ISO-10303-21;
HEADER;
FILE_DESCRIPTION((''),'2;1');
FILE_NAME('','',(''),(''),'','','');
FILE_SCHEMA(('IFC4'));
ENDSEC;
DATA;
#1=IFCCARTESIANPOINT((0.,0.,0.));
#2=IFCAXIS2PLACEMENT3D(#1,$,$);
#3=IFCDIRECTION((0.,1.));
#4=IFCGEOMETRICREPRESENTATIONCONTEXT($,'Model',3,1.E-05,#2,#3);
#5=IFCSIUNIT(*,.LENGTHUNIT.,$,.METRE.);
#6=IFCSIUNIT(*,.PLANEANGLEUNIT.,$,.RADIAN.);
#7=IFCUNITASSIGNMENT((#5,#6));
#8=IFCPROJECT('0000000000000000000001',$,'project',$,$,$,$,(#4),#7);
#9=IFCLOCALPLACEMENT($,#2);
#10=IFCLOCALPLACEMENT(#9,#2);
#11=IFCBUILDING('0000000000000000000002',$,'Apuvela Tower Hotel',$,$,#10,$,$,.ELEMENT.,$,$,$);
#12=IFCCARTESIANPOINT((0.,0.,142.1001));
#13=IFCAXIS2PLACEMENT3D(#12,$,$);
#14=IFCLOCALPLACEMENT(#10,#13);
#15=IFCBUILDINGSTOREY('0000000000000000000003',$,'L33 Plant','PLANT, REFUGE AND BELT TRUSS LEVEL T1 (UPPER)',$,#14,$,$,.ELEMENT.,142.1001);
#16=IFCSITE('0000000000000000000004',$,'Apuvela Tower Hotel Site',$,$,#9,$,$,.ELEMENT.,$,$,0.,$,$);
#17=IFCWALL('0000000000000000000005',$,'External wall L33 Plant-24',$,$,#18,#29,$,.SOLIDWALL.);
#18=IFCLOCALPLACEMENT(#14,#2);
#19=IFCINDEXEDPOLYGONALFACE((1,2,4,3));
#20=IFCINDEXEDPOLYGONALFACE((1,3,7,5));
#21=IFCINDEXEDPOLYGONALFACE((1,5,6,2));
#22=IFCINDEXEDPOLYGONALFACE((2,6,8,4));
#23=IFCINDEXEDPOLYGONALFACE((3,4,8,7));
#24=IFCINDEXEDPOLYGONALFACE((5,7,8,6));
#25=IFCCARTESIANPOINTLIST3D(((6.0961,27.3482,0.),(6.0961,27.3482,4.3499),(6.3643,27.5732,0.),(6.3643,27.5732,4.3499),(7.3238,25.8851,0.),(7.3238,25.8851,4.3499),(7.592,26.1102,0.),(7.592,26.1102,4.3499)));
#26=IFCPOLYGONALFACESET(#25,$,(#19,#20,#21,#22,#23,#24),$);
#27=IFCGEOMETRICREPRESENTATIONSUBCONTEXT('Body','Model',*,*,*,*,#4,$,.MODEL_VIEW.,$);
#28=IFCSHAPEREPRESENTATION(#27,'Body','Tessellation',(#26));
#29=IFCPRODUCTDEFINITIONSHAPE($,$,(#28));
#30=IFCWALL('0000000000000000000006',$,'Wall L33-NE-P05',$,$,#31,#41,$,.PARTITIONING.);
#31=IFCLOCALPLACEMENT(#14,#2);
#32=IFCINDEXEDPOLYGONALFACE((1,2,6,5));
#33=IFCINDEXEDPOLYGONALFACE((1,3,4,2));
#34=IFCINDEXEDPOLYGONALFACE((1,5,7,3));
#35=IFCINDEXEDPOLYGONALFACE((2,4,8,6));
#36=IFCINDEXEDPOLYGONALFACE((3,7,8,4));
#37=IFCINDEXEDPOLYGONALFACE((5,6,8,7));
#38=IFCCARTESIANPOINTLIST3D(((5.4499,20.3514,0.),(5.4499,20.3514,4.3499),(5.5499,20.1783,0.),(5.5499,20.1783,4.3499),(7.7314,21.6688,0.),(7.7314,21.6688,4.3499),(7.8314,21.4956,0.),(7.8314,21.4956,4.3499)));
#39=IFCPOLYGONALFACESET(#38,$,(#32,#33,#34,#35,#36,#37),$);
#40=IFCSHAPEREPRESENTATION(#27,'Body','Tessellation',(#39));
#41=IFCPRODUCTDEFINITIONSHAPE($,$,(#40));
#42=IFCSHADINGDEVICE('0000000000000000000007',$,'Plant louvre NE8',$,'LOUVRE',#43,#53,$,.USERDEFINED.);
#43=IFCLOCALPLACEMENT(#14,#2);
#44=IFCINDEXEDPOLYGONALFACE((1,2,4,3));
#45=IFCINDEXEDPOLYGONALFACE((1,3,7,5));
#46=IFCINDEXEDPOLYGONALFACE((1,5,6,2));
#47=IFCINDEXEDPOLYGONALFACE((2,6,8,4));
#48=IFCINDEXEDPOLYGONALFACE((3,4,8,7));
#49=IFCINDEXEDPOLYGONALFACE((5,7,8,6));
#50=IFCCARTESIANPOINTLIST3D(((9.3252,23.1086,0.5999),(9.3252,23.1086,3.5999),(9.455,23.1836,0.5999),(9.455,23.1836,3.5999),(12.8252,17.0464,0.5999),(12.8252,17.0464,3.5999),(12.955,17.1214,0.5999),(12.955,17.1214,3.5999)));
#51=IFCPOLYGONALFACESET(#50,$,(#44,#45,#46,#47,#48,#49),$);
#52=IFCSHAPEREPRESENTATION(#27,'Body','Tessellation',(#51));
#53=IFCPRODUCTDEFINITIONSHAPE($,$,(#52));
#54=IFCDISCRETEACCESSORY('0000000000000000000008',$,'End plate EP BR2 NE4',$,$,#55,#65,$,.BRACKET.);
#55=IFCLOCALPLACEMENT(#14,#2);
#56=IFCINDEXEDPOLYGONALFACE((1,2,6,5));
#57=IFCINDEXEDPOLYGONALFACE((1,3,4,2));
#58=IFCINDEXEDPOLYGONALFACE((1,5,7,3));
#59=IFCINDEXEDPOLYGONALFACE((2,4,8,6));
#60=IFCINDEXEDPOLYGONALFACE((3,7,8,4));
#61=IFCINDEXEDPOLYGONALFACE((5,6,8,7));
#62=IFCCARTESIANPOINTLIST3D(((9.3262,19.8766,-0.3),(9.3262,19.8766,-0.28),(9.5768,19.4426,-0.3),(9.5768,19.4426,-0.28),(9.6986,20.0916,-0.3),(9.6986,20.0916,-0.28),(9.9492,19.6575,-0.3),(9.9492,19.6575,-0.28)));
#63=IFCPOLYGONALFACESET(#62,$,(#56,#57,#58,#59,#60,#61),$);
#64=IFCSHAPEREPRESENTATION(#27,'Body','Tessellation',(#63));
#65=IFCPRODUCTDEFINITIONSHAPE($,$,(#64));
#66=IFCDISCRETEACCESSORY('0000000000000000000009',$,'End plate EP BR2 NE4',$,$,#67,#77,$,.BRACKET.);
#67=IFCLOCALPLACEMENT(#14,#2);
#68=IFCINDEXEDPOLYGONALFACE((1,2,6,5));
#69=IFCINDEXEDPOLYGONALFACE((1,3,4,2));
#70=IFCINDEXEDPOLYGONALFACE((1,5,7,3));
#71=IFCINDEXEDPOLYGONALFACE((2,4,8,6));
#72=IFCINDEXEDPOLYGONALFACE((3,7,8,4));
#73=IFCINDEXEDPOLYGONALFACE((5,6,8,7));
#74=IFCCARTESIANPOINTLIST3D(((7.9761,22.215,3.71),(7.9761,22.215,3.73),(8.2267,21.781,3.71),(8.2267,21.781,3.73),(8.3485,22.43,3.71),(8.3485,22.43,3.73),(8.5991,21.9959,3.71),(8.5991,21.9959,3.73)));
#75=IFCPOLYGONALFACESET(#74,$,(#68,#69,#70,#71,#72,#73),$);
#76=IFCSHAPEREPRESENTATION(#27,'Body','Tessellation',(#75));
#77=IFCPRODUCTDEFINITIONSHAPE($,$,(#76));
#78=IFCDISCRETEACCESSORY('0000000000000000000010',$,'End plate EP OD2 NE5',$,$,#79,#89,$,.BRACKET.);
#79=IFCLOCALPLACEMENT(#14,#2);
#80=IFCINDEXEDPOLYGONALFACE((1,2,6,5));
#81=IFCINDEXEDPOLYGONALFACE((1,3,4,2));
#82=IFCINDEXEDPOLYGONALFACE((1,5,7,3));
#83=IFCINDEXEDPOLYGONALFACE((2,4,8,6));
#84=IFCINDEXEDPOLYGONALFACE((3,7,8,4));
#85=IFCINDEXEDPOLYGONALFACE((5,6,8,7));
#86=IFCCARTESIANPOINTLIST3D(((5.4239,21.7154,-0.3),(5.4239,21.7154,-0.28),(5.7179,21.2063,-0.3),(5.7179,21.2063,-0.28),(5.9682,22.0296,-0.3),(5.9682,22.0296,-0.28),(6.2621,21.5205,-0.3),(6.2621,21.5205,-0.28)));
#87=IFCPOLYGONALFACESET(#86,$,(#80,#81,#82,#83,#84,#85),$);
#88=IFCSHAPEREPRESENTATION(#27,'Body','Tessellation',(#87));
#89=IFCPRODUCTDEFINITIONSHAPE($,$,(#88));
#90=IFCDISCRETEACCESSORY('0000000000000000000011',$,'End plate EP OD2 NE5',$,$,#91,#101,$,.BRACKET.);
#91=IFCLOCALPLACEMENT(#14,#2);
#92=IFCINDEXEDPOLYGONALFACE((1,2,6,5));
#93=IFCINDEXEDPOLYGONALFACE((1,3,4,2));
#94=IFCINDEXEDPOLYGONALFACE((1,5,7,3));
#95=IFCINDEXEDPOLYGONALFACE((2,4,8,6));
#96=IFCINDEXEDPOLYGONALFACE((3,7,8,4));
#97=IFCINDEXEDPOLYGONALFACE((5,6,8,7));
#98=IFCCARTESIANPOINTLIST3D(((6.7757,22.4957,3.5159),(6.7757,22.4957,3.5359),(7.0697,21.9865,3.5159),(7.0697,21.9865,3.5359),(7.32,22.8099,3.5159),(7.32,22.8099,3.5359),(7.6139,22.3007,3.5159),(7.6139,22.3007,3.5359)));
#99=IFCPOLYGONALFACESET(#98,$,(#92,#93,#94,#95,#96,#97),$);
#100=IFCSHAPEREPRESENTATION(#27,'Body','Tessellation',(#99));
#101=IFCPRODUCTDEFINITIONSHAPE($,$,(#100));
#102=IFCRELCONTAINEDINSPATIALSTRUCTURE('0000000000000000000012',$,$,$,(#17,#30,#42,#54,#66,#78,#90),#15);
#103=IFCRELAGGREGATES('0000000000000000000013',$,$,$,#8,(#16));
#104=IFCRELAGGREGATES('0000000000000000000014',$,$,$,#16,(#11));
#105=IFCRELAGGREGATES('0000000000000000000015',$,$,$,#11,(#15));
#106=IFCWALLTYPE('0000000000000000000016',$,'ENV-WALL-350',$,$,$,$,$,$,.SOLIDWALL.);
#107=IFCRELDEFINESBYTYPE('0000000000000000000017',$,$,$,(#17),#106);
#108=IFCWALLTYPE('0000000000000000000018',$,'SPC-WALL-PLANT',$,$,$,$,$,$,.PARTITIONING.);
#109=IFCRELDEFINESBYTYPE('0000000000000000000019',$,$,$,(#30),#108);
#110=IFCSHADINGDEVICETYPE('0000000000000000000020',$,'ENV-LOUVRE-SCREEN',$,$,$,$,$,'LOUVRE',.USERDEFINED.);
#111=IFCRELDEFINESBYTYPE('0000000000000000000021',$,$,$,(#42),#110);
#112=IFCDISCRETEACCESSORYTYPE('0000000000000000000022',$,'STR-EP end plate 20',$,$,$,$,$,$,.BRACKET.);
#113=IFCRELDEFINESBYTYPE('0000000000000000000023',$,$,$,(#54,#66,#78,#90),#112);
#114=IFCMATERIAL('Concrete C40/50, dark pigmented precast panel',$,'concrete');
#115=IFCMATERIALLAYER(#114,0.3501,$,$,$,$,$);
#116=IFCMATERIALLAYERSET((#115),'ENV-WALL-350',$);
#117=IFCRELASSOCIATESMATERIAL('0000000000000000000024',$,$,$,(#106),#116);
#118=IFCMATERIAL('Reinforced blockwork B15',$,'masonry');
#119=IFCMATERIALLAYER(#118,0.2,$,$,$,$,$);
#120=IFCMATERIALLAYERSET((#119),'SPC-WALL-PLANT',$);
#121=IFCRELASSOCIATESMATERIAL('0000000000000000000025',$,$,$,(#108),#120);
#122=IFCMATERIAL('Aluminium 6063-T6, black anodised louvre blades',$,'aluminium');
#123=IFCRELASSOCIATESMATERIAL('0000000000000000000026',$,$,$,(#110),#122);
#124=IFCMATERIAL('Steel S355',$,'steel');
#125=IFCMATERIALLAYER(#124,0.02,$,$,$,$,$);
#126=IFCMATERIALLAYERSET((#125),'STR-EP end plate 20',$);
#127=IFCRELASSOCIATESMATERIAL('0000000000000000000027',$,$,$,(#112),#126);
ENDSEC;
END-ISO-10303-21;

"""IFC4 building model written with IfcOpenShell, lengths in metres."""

from ifc_helpers import new_model, si_unit, direction, frame, frame_2d, origin, origin_2d, place, context, subcontext, project, spatial, rectangle, extrude, material, layer, layer_set, type_object, element, save


model = new_model("IFC4")

# Units and contexts
model_context = context("Model", 3, precision=1e-05, world=origin(), true_north=direction((0.0, 1.0)))
body_context = subcontext(model_context, "Body", "Model", "MODEL_VIEW")
ifc_project = project(units=[si_unit("LENGTHUNIT", "METRE"), si_unit("PLANEANGLEUNIT", "RADIAN")], contexts=[model_context])

# Site, building, storey
site_placement = place(None, origin())
site = spatial("IfcSite", under=ifc_project, at=site_placement, Name="Apuvela Tower Hotel Site", CompositionType="ELEMENT", RefElevation=0.0)
building_placement = place(site_placement, origin())
building = spatial("IfcBuilding", under=site, at=building_placement, Name="Apuvela Tower Hotel", CompositionType="ELEMENT")
storey_placement = place(building_placement, frame((0.0, 0.0, 142.1001)))
storey = spatial("IfcBuildingStorey", under=building, at=storey_placement, Name="L33 Plant", Description="PLANT, REFUGE AND BELT TRUSS LEVEL T1 (UPPER)", CompositionType="ELEMENT", Elevation=142.1001)

# Shared definitions
ifc_material_1 = material(Name="Steel S355", Category="steel")

# Walls
ifc_material_2 = material(Name="Concrete C40/50, dark pigmented precast panel", Category="concrete")
ifc_layer_1 = layer(ifc_material_2, 0.3501)
ifc_layer_set_1 = layer_set([ifc_layer_1], Name="ENV-WALL-350")
wall_type_1 = type_object("IfcWallType", Name="ENV-WALL-350", PredefinedType="SOLIDWALL", material=ifc_layer_set_1)
wall_1_placement = place(storey_placement, frame((7.458, 25.9976, 0.0), z_axis=(0.0, 0.0, 1.0), x_axis=(-0.642808, 0.766027, 0.0)))
element("IfcWall", 1, at=wall_1_placement, inside=storey, type_object=wall_type_1, Name="External wall L33 Plant-24", PredefinedType="SOLIDWALL", context=body_context, shape_type="SweptSolid", body=[
    extrude(rectangle(XDim=1.9099, YDim=0.3501, at=frame_2d((0.9551, 0.0))), origin(), (0.0, 0.0, 1.0), 4.3499),
])
ifc_material_3 = material(Name="Reinforced blockwork B15", Category="masonry")
ifc_layer_2 = layer(ifc_material_3, 0.2)
ifc_layer_set_2 = layer_set([ifc_layer_2], Name="SPC-WALL-PLANT")
wall_type_2 = type_object("IfcWallType", Name="SPC-WALL-PLANT", PredefinedType="PARTITIONING", material=ifc_layer_set_2)
wall_2_placement = place(storey_placement, frame((7.7815, 21.5823, 0.0), z_axis=(0.0, 0.0, 1.0), x_axis=(-0.865999, -0.500046, 0.0)))
element("IfcWall", 2, at=wall_2_placement, inside=storey, type_object=wall_type_2, Name="Wall L33-NE-P05", PredefinedType="PARTITIONING", context=body_context, shape_type="SweptSolid", body=[
    extrude(rectangle(XDim=2.6345, YDim=0.2, at=frame_2d((1.3174, 0.0))), origin(), (0.0, 0.0, 1.0), 4.3499),
])

# Shading device
ifc_material_4 = material(Name="Aluminium 6063-T6, black anodised louvre blades", Category="aluminium")
shading_device_type = type_object("IfcShadingDeviceType", Name="ENV-LOUVRE-SCREEN", ElementType="LOUVRE", PredefinedType="USERDEFINED", material=ifc_material_4)
shading_device_placement = place(storey_placement, frame((11.1401, 20.115, 0.5999), z_axis=(0.0, 0.0, 1.0), x_axis=(-0.5, 0.866025, 0.0)))
element("IfcShadingDevice", 3, at=shading_device_placement, inside=storey, type_object=shading_device_type, Name="Plant louvre NE8", ObjectType="LOUVRE", PredefinedType="USERDEFINED", context=body_context, shape_type="SweptSolid", body=[
    extrude(rectangle(XDim=7.0, YDim=0.1499, at=origin_2d()), origin(), (0.0, 0.0, 1.0), 3.0),
])

# Discrete accessories
ifc_layer_3 = layer(ifc_material_1, 0.02)
ifc_layer_set_3 = layer_set([ifc_layer_3], Name="STR-EP end plate 20")
discrete_accessory_type = type_object("IfcDiscreteAccessoryType", Name="STR-EP end plate 20", PredefinedType="BRACKET", material=ifc_layer_set_3)
for number, where, z_axis, x_axis, name in (
    (4, (9.6377, 19.7671, -0.3), (0.0, 0.0, 1.0), (-0.5, 0.866025, 0.0), "End plate EP BR2 NE4"),
    (5, (8.2876, 22.1055, 3.71), (0.0, 0.0, 1.0), (-0.5, 0.866025, 0.0), "End plate EP BR2 NE4"),
):
    element("IfcDiscreteAccessory", number, at=place(storey_placement, frame(where, z_axis=z_axis, x_axis=x_axis)), inside=storey, type_object=discrete_accessory_type, Name=name, PredefinedType="BRACKET", context=body_context, shape_type="SweptSolid", body=[
        extrude(rectangle(XDim=0.5012, YDim=0.4299, at=origin_2d()), origin(), (0.0, 0.0, 1.0), 0.02),
    ])
for number, where, z_axis, x_axis, name in (
    (6, (5.843, 21.6179, -0.3), (0.0, 0.0, 1.0), (0.866025, 0.5, 0.0), "End plate EP OD2 NE5"),
    (7, (7.1948, 22.3982, 3.5159), (0.0, 0.0, 1.0), (0.866025, 0.5, 0.0), "End plate EP OD2 NE5"),
):
    element("IfcDiscreteAccessory", number, at=place(storey_placement, frame(where, z_axis=z_axis, x_axis=x_axis)), inside=storey, type_object=discrete_accessory_type, Name=name, PredefinedType="BRACKET", context=body_context, shape_type="SweptSolid", body=[
        extrude(rectangle(XDim=0.6284, YDim=0.5879, at=origin_2d()), origin(), (0.0, 0.0, 1.0), 0.02),
    ])

save(model, "model.ifc")
